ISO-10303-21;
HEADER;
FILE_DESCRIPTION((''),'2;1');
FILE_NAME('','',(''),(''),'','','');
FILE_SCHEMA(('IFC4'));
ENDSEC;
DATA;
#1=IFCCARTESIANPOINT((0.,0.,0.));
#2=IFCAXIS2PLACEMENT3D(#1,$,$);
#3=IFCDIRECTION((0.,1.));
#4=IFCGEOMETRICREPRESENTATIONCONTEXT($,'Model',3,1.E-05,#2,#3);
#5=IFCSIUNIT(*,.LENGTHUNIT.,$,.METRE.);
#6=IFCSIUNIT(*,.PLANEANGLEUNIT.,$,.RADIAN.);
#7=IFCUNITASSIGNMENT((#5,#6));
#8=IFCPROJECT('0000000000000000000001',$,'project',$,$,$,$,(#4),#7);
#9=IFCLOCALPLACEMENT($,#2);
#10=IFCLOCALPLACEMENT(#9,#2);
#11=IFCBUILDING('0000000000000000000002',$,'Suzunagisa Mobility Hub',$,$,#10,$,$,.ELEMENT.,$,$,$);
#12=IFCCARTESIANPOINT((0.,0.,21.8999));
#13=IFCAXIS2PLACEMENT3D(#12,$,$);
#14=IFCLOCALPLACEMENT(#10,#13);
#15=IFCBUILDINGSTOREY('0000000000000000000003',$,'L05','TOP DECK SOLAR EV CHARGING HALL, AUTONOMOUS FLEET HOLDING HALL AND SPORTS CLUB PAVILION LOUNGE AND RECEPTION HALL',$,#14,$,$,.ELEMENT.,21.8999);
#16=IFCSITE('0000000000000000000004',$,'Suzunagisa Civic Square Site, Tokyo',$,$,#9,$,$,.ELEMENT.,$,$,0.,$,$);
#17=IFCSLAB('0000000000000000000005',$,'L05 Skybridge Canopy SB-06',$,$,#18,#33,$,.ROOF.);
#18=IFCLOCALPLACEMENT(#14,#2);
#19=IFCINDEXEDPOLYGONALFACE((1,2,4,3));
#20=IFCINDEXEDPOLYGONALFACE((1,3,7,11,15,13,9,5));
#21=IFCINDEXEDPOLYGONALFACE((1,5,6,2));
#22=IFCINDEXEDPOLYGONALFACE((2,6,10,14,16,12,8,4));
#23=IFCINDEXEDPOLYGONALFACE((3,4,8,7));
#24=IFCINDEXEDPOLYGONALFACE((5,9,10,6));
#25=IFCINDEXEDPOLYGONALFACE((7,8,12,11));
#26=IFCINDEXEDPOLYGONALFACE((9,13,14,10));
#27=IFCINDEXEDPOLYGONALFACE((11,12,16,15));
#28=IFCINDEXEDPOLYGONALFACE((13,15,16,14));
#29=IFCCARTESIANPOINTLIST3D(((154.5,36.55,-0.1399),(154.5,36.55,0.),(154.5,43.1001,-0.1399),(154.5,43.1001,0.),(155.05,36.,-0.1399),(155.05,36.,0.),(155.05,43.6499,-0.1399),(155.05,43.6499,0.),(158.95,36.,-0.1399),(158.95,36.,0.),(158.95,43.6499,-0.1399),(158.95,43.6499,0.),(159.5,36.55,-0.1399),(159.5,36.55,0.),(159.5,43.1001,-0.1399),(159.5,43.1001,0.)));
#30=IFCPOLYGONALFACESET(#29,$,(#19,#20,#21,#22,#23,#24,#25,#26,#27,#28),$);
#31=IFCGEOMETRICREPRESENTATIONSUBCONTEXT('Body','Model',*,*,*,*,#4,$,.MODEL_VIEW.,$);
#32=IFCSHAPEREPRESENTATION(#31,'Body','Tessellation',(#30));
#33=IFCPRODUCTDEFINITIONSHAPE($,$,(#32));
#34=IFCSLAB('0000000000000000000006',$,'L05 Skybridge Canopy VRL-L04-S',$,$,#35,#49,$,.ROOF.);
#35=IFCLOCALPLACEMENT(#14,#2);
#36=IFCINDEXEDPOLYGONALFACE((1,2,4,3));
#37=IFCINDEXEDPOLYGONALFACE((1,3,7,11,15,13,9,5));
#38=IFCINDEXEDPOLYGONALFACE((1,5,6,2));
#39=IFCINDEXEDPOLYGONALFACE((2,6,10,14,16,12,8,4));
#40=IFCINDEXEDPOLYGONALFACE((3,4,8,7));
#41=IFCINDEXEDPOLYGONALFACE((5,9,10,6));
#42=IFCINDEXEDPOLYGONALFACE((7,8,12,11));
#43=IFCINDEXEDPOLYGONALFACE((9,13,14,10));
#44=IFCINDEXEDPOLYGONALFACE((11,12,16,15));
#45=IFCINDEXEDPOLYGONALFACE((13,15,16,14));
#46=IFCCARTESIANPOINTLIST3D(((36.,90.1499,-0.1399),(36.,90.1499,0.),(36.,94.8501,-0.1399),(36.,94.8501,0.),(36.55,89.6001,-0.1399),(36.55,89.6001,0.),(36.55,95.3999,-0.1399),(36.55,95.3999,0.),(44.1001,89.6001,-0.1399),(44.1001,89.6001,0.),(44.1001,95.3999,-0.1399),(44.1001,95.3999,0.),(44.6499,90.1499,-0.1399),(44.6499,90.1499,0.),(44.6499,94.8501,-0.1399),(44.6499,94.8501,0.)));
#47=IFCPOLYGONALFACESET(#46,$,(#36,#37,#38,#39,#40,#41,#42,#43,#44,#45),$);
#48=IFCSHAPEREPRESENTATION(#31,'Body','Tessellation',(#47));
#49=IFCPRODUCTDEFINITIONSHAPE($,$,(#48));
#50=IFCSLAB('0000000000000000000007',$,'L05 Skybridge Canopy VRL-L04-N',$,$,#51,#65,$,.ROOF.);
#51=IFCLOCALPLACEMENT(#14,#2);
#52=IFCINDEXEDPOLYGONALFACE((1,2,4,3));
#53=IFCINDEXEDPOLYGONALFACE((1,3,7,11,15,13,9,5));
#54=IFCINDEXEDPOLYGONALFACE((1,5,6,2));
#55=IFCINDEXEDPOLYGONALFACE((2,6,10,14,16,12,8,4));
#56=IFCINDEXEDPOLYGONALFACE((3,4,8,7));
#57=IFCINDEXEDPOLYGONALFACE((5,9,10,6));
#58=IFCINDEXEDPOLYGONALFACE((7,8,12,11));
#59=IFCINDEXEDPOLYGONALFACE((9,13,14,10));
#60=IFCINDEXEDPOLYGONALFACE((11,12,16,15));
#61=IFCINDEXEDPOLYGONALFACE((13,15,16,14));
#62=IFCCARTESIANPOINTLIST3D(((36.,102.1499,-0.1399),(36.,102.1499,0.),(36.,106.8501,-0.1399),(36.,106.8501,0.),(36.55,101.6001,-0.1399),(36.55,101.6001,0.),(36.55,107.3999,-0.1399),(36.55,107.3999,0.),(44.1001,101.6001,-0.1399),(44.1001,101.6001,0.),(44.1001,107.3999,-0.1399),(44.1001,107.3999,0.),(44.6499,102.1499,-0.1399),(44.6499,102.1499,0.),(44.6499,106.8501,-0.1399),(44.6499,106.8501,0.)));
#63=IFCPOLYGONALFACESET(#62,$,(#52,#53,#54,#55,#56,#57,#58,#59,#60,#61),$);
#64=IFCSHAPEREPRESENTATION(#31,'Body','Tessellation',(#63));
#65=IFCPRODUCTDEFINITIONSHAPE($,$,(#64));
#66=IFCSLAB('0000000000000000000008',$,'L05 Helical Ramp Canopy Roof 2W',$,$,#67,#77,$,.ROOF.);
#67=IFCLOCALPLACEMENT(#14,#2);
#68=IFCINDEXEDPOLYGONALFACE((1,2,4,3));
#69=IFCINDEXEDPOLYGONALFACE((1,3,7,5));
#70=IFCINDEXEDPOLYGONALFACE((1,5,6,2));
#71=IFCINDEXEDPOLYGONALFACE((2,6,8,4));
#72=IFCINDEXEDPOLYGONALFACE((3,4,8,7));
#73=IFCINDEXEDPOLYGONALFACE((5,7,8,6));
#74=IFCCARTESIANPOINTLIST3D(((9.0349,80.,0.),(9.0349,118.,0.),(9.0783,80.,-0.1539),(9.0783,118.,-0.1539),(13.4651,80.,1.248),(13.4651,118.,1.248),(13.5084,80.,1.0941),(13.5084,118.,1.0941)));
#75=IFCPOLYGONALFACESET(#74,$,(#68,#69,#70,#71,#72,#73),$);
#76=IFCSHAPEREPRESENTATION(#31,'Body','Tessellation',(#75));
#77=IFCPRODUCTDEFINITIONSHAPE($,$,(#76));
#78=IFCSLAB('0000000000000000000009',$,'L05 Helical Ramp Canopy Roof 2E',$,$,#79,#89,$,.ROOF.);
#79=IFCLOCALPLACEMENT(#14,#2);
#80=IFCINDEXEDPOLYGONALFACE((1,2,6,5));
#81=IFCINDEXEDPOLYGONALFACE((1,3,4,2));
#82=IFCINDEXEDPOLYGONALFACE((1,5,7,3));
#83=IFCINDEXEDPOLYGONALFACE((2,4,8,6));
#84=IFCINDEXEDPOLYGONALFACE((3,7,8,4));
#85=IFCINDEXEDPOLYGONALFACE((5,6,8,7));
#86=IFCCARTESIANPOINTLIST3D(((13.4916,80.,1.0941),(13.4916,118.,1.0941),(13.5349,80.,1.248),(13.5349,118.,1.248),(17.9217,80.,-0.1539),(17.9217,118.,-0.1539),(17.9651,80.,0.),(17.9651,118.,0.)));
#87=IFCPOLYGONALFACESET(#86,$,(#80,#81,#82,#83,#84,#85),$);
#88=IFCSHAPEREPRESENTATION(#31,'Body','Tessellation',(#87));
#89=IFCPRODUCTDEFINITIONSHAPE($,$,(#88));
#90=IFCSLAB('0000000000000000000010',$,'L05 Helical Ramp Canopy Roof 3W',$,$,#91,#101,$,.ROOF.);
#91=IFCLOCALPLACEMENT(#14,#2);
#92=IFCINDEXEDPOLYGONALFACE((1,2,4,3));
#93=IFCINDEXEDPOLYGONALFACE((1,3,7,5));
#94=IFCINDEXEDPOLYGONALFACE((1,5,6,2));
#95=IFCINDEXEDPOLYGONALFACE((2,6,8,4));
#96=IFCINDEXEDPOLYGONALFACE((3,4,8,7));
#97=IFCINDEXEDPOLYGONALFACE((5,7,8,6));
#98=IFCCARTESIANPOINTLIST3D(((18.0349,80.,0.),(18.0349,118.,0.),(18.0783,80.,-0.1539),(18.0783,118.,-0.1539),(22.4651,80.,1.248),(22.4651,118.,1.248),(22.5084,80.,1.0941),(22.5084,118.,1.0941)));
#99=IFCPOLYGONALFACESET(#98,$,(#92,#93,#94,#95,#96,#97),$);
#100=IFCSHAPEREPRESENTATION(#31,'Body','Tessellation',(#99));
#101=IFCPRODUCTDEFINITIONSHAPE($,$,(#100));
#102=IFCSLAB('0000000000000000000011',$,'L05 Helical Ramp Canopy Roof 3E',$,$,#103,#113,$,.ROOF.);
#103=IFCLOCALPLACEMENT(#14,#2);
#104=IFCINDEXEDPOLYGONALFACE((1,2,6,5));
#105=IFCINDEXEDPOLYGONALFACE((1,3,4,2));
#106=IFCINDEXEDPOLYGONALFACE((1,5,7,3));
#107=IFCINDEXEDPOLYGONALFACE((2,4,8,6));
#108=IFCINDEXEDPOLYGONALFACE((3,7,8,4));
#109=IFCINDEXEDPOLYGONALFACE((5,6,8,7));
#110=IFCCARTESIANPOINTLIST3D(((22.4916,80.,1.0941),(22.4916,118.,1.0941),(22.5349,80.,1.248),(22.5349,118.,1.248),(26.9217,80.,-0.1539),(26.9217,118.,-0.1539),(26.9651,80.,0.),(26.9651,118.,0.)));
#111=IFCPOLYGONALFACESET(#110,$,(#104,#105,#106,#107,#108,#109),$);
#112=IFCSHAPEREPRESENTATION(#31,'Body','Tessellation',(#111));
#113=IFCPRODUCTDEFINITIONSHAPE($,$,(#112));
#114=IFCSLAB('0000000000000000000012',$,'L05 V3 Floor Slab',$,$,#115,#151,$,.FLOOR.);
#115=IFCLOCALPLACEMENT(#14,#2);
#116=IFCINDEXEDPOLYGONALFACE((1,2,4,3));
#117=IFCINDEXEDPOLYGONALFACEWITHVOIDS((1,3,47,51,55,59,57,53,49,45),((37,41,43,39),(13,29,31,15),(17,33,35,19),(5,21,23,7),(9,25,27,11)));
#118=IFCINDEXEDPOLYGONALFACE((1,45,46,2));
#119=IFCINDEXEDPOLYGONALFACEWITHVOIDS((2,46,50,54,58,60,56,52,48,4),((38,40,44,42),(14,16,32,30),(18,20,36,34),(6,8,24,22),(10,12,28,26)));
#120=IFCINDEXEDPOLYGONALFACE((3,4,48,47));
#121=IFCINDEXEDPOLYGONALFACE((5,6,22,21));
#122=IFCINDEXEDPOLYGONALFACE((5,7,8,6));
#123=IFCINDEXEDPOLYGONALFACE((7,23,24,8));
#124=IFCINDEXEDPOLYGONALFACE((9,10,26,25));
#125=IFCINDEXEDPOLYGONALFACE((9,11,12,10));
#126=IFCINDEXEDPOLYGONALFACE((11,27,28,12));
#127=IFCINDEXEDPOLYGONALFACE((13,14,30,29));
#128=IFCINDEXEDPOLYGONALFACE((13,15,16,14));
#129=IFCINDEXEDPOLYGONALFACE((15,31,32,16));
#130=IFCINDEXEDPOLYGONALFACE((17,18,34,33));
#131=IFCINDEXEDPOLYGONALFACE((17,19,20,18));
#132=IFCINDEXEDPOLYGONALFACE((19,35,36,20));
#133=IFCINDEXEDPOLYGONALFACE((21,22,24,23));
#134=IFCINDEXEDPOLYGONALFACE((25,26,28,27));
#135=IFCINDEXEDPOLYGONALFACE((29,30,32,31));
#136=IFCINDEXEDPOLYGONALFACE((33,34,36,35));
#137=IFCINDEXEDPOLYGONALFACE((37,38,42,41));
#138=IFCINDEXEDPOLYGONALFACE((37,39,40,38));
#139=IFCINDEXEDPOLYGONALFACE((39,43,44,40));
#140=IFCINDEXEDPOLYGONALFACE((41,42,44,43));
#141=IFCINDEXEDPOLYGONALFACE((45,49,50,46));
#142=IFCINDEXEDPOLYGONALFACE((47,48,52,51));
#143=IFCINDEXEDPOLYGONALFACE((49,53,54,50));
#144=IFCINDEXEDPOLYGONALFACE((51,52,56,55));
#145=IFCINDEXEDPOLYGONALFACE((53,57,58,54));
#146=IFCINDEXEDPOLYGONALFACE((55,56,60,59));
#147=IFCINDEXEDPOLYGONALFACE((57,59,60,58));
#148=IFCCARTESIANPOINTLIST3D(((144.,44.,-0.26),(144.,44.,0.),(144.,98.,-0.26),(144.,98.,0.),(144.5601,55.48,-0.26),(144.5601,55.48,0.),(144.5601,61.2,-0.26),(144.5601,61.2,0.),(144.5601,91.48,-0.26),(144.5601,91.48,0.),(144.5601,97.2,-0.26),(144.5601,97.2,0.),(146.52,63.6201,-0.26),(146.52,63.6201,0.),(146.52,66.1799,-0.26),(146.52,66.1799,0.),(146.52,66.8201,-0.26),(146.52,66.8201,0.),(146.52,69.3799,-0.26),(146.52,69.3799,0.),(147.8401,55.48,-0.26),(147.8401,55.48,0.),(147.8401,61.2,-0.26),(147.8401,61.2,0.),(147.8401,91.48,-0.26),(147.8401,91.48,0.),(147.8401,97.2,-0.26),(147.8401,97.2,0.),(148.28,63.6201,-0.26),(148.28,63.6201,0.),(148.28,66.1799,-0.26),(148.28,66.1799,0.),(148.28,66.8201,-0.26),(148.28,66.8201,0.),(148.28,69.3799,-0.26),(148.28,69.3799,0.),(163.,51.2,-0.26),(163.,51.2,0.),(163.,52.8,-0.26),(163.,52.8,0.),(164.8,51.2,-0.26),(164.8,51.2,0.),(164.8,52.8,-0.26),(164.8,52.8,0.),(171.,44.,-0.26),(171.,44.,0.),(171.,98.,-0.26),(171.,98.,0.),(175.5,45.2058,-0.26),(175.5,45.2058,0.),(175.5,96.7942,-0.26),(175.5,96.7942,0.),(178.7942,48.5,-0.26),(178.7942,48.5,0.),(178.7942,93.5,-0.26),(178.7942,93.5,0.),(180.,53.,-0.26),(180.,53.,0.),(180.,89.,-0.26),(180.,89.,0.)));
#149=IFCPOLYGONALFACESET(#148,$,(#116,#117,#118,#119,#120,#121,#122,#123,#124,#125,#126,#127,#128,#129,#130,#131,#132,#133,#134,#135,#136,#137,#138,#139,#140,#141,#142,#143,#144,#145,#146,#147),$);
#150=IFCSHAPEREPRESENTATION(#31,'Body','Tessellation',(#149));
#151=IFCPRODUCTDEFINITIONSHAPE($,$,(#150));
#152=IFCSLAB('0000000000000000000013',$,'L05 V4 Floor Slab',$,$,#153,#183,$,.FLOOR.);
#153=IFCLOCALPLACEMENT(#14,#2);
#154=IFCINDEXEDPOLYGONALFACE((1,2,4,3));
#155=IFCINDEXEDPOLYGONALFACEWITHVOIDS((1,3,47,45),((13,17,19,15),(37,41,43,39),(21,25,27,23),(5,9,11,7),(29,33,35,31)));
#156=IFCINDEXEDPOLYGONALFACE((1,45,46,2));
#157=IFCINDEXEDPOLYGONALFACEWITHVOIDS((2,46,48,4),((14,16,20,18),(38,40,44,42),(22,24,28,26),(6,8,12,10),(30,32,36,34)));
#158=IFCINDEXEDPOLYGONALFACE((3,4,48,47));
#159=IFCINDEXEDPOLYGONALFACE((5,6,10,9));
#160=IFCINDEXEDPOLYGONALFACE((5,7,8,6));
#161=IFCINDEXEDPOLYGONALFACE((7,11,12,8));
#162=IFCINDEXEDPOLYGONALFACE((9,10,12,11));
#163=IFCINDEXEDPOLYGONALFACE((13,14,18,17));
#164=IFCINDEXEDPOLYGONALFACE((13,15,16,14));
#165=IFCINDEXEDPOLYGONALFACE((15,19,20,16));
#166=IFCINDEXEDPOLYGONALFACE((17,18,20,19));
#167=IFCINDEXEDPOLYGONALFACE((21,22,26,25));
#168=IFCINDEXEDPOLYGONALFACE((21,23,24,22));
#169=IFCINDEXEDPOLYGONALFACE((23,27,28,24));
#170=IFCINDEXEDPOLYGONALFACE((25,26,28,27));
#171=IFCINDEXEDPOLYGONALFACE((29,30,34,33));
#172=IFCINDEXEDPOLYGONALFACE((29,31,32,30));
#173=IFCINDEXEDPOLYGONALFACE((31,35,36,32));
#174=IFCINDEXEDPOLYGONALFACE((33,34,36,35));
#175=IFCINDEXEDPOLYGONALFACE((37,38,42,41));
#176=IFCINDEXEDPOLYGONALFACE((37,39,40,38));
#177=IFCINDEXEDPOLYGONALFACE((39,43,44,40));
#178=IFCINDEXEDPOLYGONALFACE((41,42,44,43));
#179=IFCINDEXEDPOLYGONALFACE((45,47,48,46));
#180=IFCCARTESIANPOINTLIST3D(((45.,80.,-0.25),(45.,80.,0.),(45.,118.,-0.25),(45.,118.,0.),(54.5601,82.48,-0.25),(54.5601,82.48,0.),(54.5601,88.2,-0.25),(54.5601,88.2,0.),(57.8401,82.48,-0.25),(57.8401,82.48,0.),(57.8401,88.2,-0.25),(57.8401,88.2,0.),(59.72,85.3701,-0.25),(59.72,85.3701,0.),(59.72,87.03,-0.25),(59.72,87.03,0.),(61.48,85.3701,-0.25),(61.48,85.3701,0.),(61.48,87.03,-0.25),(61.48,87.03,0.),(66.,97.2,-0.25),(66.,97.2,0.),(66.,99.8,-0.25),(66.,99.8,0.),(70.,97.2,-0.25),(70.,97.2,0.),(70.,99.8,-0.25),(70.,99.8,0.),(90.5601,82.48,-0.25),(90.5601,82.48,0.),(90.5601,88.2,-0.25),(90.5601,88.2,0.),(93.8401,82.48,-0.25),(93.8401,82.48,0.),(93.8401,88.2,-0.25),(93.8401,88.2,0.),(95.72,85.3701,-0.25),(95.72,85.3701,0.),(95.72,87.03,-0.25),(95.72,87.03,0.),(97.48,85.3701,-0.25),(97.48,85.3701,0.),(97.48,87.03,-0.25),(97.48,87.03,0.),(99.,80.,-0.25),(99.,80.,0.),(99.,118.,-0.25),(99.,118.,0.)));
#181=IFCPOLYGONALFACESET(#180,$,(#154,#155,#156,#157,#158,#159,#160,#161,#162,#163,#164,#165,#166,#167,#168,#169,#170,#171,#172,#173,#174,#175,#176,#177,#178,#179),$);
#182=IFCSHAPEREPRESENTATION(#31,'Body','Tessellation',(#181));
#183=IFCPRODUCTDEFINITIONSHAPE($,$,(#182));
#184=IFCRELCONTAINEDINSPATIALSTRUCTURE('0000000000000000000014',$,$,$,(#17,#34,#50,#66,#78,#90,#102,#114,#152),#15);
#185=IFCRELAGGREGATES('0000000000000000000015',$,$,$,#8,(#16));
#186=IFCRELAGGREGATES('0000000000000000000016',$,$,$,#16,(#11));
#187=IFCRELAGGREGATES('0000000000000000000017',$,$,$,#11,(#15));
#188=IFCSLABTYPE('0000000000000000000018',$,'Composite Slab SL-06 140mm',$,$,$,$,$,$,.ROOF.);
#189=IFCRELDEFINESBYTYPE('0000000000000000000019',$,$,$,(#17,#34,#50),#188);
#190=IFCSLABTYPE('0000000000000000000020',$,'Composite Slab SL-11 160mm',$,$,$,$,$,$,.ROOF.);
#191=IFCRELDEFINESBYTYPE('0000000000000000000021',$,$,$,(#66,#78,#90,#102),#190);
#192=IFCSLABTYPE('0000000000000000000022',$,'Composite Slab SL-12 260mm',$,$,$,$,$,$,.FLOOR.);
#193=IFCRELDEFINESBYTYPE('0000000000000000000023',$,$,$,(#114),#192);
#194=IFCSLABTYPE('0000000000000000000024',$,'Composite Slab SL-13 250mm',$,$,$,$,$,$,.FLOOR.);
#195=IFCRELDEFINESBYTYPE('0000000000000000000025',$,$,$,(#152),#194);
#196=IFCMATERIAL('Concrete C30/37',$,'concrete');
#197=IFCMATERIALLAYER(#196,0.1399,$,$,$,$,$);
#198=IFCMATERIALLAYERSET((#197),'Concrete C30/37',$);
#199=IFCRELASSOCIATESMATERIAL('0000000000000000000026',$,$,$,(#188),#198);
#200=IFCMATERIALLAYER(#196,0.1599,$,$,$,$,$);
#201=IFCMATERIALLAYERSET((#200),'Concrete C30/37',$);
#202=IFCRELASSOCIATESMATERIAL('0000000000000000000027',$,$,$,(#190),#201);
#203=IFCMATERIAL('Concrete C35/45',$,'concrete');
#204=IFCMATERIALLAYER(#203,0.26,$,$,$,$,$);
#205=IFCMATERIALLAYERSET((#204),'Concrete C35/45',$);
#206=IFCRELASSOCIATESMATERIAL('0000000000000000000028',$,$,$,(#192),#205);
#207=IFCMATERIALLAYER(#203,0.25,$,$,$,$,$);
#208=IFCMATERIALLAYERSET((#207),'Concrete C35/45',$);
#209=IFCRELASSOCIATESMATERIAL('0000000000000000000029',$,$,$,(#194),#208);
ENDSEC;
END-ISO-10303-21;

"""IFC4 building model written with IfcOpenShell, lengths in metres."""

from ifc_helpers import new_model, si_unit, direction, frame, origin, place, context, subcontext, project, spatial, polyline, outline, extrude, material, layer, layer_set, type_object, element, save


model = new_model("IFC4")

# Units and contexts
model_context = context("Model", 3, precision=1e-05, world=origin(), true_north=direction((0.0, 1.0)))
body_context = subcontext(model_context, "Body", "Model", "MODEL_VIEW")
ifc_project = project(units=[si_unit("LENGTHUNIT", "METRE"), si_unit("PLANEANGLEUNIT", "RADIAN")], contexts=[model_context])

# Site, building, storey
site_placement = place(None, origin())
site = spatial("IfcSite", under=ifc_project, at=site_placement, Name="Suzunagisa Civic Square Site, Tokyo", CompositionType="ELEMENT", RefElevation=0.0)
building_placement = place(site_placement, origin())
building = spatial("IfcBuilding", under=site, at=building_placement, Name="Suzunagisa Mobility Hub", CompositionType="ELEMENT")
storey_placement = place(building_placement, frame((0.0, 0.0, 21.8999)))
storey = spatial("IfcBuildingStorey", under=building, at=storey_placement, Name="L05", Description="TOP DECK SOLAR EV CHARGING HALL, AUTONOMOUS FLEET HOLDING HALL AND SPORTS CLUB PAVILION LOUNGE AND RECEPTION HALL", CompositionType="ELEMENT", Elevation=21.8999)

# Slabs
ifc_material_1 = material(Name="Concrete C30/37", Category="concrete")
ifc_layer_1 = layer(ifc_material_1, 0.1399)
ifc_layer_set_1 = layer_set([ifc_layer_1], Name="Concrete C30/37")
slab_type_1 = type_object("IfcSlabType", Name="Composite Slab SL-06 140mm", PredefinedType="ROOF", material=ifc_layer_set_1)
slab_1_placement = place(storey_placement, frame((0.0, 0.0, -0.1399)))
element("IfcSlab", 1, at=slab_1_placement, inside=storey, type_object=slab_type_1, Name="L05 Skybridge Canopy SB-06", PredefinedType="ROOF", context=body_context, shape_type="SweptSolid", body=[
    extrude(outline(polyline([(155.05, 36.0), (158.95, 36.0), (159.5, 36.55), (159.5, 43.1001), (158.95, 43.6499), (155.05, 43.6499), (154.5, 43.1001), (154.5, 36.55), (155.05, 36.0)])), origin(), (0.0, 0.0, 1.0), 0.1399),
])
slab_2_placement = place(storey_placement, frame((0.0, 0.0, -0.1399)))
element("IfcSlab", 2, at=slab_2_placement, inside=storey, type_object=slab_type_1, Name="L05 Skybridge Canopy VRL-L04-S", PredefinedType="ROOF", context=body_context, shape_type="SweptSolid", body=[
    extrude(outline(polyline([(36.55, 89.6001), (44.1001, 89.6001), (44.6499, 90.1499), (44.6499, 94.8501), (44.1001, 95.3999), (36.55, 95.3999), (36.0, 94.8501), (36.0, 90.1499), (36.55, 89.6001)])), origin(), (0.0, 0.0, 1.0), 0.1399),
])
slab_3_placement = place(storey_placement, frame((0.0, 0.0, -0.1399)))
element("IfcSlab", 3, at=slab_3_placement, inside=storey, type_object=slab_type_1, Name="L05 Skybridge Canopy VRL-L04-N", PredefinedType="ROOF", context=body_context, shape_type="SweptSolid", body=[
    extrude(outline(polyline([(36.55, 101.6001), (44.1001, 101.6001), (44.6499, 102.1499), (44.6499, 106.8501), (44.1001, 107.3999), (36.55, 107.3999), (36.0, 106.8501), (36.0, 102.1499), (36.55, 101.6001)])), origin(), (0.0, 0.0, 1.0), 0.1399),
])
ifc_layer_2 = layer(ifc_material_1, 0.1599)
ifc_layer_set_2 = layer_set([ifc_layer_2], Name="Concrete C30/37")
slab_type_2 = type_object("IfcSlabType", Name="Composite Slab SL-11 160mm", PredefinedType="ROOF", material=ifc_layer_set_2)
for number, where, z_axis, x_axis, name in (
    (4, (9.0349, 80.0, 0.0), (-0.27116, 0.0, 0.962534), (0.962534, 0.0, 0.27116), "L05 Helical Ramp Canopy Roof 2W"),
    (5, (13.5349, 80.0, 1.248), (0.27116, 0.0, 0.962534), (0.962534, 0.0, -0.27116), "L05 Helical Ramp Canopy Roof 2E"),
    (6, (18.0349, 80.0, 0.0), (-0.27116, 0.0, 0.962534), (0.962534, 0.0, 0.27116), "L05 Helical Ramp Canopy Roof 3W"),
    (7, (22.5349, 80.0, 1.248), (0.27116, 0.0, 0.962534), (0.962534, 0.0, -0.27116), "L05 Helical Ramp Canopy Roof 3E"),
):
    element("IfcSlab", number, at=place(storey_placement, frame(where, z_axis=z_axis, x_axis=x_axis)), inside=storey, type_object=slab_type_2, Name=name, PredefinedType="ROOF", context=body_context, shape_type="SweptSolid", body=[
        extrude(outline(polyline([(0.0, 0.0), (4.6026, 0.0), (4.6026, 38.0), (0.0, 38.0), (0.0, 0.0)])), origin(), (0.0, 0.0, -1.0), 0.1599),
    ])
ifc_material_2 = material(Name="Concrete C35/45", Category="concrete")
ifc_layer_3 = layer(ifc_material_2, 0.26)
ifc_layer_set_3 = layer_set([ifc_layer_3], Name="Concrete C35/45")
slab_type_3 = type_object("IfcSlabType", Name="Composite Slab SL-12 260mm", PredefinedType="FLOOR", material=ifc_layer_set_3)
slab_4_placement = place(storey_placement, frame((0.0, 0.0, -0.26)))
element("IfcSlab", 8, at=slab_4_placement, inside=storey, type_object=slab_type_3, Name="L05 V3 Floor Slab", PredefinedType="FLOOR", context=body_context, shape_type="SweptSolid", body=[
    extrude(outline(polyline([(144.0, 44.0), (171.0, 44.0), (175.5, 45.2058), (178.7942, 48.5), (180.0, 53.0), (180.0, 89.0), (178.7942, 93.5), (175.5, 96.7942), (171.0, 98.0), (144.0, 98.0), (144.0, 44.0)]), holes=[polyline([(163.0, 51.2), (164.8, 51.2), (164.8, 52.8), (163.0, 52.8), (163.0, 51.2)]), polyline([(144.5601, 55.48), (147.8401, 55.48), (147.8401, 61.2), (144.5601, 61.2), (144.5601, 55.48)]), polyline([(146.52, 63.6201), (148.28, 63.6201), (148.28, 66.1799), (146.52, 66.1799), (146.52, 63.6201)]), polyline([(146.52, 66.8201), (148.28, 66.8201), (148.28, 69.3799), (146.52, 69.3799), (146.52, 66.8201)]), polyline([(144.5601, 91.48), (147.8401, 91.48), (147.8401, 97.2), (144.5601, 97.2), (144.5601, 91.48)])]), origin(), (0.0, 0.0, 1.0), 0.26),
])
ifc_layer_4 = layer(ifc_material_2, 0.25)
ifc_layer_set_4 = layer_set([ifc_layer_4], Name="Concrete C35/45")
slab_type_4 = type_object("IfcSlabType", Name="Composite Slab SL-13 250mm", PredefinedType="FLOOR", material=ifc_layer_set_4)
slab_5_placement = place(storey_placement, frame((0.0, 0.0, -0.25)))
element("IfcSlab", 9, at=slab_5_placement, inside=storey, type_object=slab_type_4, Name="L05 V4 Floor Slab", PredefinedType="FLOOR", context=body_context, shape_type="SweptSolid", body=[
    extrude(outline(polyline([(45.0, 80.0), (99.0, 80.0), (99.0, 118.0), (45.0, 118.0), (45.0, 80.0)]), holes=[polyline([(66.0, 97.2), (70.0, 97.2), (70.0, 99.8), (66.0, 99.8), (66.0, 97.2)]), polyline([(54.5601, 82.48), (57.8401, 82.48), (57.8401, 88.2), (54.5601, 88.2), (54.5601, 82.48)]), polyline([(59.72, 85.3701), (61.48, 85.3701), (61.48, 87.03), (59.72, 87.03), (59.72, 85.3701)]), polyline([(90.5601, 82.48), (93.8401, 82.48), (93.8401, 88.2), (90.5601, 88.2), (90.5601, 82.48)]), polyline([(95.72, 85.3701), (97.48, 85.3701), (97.48, 87.03), (95.72, 87.03), (95.72, 85.3701)])]), origin(), (0.0, 0.0, 1.0), 0.25),
])

save(model, "model.ifc")
